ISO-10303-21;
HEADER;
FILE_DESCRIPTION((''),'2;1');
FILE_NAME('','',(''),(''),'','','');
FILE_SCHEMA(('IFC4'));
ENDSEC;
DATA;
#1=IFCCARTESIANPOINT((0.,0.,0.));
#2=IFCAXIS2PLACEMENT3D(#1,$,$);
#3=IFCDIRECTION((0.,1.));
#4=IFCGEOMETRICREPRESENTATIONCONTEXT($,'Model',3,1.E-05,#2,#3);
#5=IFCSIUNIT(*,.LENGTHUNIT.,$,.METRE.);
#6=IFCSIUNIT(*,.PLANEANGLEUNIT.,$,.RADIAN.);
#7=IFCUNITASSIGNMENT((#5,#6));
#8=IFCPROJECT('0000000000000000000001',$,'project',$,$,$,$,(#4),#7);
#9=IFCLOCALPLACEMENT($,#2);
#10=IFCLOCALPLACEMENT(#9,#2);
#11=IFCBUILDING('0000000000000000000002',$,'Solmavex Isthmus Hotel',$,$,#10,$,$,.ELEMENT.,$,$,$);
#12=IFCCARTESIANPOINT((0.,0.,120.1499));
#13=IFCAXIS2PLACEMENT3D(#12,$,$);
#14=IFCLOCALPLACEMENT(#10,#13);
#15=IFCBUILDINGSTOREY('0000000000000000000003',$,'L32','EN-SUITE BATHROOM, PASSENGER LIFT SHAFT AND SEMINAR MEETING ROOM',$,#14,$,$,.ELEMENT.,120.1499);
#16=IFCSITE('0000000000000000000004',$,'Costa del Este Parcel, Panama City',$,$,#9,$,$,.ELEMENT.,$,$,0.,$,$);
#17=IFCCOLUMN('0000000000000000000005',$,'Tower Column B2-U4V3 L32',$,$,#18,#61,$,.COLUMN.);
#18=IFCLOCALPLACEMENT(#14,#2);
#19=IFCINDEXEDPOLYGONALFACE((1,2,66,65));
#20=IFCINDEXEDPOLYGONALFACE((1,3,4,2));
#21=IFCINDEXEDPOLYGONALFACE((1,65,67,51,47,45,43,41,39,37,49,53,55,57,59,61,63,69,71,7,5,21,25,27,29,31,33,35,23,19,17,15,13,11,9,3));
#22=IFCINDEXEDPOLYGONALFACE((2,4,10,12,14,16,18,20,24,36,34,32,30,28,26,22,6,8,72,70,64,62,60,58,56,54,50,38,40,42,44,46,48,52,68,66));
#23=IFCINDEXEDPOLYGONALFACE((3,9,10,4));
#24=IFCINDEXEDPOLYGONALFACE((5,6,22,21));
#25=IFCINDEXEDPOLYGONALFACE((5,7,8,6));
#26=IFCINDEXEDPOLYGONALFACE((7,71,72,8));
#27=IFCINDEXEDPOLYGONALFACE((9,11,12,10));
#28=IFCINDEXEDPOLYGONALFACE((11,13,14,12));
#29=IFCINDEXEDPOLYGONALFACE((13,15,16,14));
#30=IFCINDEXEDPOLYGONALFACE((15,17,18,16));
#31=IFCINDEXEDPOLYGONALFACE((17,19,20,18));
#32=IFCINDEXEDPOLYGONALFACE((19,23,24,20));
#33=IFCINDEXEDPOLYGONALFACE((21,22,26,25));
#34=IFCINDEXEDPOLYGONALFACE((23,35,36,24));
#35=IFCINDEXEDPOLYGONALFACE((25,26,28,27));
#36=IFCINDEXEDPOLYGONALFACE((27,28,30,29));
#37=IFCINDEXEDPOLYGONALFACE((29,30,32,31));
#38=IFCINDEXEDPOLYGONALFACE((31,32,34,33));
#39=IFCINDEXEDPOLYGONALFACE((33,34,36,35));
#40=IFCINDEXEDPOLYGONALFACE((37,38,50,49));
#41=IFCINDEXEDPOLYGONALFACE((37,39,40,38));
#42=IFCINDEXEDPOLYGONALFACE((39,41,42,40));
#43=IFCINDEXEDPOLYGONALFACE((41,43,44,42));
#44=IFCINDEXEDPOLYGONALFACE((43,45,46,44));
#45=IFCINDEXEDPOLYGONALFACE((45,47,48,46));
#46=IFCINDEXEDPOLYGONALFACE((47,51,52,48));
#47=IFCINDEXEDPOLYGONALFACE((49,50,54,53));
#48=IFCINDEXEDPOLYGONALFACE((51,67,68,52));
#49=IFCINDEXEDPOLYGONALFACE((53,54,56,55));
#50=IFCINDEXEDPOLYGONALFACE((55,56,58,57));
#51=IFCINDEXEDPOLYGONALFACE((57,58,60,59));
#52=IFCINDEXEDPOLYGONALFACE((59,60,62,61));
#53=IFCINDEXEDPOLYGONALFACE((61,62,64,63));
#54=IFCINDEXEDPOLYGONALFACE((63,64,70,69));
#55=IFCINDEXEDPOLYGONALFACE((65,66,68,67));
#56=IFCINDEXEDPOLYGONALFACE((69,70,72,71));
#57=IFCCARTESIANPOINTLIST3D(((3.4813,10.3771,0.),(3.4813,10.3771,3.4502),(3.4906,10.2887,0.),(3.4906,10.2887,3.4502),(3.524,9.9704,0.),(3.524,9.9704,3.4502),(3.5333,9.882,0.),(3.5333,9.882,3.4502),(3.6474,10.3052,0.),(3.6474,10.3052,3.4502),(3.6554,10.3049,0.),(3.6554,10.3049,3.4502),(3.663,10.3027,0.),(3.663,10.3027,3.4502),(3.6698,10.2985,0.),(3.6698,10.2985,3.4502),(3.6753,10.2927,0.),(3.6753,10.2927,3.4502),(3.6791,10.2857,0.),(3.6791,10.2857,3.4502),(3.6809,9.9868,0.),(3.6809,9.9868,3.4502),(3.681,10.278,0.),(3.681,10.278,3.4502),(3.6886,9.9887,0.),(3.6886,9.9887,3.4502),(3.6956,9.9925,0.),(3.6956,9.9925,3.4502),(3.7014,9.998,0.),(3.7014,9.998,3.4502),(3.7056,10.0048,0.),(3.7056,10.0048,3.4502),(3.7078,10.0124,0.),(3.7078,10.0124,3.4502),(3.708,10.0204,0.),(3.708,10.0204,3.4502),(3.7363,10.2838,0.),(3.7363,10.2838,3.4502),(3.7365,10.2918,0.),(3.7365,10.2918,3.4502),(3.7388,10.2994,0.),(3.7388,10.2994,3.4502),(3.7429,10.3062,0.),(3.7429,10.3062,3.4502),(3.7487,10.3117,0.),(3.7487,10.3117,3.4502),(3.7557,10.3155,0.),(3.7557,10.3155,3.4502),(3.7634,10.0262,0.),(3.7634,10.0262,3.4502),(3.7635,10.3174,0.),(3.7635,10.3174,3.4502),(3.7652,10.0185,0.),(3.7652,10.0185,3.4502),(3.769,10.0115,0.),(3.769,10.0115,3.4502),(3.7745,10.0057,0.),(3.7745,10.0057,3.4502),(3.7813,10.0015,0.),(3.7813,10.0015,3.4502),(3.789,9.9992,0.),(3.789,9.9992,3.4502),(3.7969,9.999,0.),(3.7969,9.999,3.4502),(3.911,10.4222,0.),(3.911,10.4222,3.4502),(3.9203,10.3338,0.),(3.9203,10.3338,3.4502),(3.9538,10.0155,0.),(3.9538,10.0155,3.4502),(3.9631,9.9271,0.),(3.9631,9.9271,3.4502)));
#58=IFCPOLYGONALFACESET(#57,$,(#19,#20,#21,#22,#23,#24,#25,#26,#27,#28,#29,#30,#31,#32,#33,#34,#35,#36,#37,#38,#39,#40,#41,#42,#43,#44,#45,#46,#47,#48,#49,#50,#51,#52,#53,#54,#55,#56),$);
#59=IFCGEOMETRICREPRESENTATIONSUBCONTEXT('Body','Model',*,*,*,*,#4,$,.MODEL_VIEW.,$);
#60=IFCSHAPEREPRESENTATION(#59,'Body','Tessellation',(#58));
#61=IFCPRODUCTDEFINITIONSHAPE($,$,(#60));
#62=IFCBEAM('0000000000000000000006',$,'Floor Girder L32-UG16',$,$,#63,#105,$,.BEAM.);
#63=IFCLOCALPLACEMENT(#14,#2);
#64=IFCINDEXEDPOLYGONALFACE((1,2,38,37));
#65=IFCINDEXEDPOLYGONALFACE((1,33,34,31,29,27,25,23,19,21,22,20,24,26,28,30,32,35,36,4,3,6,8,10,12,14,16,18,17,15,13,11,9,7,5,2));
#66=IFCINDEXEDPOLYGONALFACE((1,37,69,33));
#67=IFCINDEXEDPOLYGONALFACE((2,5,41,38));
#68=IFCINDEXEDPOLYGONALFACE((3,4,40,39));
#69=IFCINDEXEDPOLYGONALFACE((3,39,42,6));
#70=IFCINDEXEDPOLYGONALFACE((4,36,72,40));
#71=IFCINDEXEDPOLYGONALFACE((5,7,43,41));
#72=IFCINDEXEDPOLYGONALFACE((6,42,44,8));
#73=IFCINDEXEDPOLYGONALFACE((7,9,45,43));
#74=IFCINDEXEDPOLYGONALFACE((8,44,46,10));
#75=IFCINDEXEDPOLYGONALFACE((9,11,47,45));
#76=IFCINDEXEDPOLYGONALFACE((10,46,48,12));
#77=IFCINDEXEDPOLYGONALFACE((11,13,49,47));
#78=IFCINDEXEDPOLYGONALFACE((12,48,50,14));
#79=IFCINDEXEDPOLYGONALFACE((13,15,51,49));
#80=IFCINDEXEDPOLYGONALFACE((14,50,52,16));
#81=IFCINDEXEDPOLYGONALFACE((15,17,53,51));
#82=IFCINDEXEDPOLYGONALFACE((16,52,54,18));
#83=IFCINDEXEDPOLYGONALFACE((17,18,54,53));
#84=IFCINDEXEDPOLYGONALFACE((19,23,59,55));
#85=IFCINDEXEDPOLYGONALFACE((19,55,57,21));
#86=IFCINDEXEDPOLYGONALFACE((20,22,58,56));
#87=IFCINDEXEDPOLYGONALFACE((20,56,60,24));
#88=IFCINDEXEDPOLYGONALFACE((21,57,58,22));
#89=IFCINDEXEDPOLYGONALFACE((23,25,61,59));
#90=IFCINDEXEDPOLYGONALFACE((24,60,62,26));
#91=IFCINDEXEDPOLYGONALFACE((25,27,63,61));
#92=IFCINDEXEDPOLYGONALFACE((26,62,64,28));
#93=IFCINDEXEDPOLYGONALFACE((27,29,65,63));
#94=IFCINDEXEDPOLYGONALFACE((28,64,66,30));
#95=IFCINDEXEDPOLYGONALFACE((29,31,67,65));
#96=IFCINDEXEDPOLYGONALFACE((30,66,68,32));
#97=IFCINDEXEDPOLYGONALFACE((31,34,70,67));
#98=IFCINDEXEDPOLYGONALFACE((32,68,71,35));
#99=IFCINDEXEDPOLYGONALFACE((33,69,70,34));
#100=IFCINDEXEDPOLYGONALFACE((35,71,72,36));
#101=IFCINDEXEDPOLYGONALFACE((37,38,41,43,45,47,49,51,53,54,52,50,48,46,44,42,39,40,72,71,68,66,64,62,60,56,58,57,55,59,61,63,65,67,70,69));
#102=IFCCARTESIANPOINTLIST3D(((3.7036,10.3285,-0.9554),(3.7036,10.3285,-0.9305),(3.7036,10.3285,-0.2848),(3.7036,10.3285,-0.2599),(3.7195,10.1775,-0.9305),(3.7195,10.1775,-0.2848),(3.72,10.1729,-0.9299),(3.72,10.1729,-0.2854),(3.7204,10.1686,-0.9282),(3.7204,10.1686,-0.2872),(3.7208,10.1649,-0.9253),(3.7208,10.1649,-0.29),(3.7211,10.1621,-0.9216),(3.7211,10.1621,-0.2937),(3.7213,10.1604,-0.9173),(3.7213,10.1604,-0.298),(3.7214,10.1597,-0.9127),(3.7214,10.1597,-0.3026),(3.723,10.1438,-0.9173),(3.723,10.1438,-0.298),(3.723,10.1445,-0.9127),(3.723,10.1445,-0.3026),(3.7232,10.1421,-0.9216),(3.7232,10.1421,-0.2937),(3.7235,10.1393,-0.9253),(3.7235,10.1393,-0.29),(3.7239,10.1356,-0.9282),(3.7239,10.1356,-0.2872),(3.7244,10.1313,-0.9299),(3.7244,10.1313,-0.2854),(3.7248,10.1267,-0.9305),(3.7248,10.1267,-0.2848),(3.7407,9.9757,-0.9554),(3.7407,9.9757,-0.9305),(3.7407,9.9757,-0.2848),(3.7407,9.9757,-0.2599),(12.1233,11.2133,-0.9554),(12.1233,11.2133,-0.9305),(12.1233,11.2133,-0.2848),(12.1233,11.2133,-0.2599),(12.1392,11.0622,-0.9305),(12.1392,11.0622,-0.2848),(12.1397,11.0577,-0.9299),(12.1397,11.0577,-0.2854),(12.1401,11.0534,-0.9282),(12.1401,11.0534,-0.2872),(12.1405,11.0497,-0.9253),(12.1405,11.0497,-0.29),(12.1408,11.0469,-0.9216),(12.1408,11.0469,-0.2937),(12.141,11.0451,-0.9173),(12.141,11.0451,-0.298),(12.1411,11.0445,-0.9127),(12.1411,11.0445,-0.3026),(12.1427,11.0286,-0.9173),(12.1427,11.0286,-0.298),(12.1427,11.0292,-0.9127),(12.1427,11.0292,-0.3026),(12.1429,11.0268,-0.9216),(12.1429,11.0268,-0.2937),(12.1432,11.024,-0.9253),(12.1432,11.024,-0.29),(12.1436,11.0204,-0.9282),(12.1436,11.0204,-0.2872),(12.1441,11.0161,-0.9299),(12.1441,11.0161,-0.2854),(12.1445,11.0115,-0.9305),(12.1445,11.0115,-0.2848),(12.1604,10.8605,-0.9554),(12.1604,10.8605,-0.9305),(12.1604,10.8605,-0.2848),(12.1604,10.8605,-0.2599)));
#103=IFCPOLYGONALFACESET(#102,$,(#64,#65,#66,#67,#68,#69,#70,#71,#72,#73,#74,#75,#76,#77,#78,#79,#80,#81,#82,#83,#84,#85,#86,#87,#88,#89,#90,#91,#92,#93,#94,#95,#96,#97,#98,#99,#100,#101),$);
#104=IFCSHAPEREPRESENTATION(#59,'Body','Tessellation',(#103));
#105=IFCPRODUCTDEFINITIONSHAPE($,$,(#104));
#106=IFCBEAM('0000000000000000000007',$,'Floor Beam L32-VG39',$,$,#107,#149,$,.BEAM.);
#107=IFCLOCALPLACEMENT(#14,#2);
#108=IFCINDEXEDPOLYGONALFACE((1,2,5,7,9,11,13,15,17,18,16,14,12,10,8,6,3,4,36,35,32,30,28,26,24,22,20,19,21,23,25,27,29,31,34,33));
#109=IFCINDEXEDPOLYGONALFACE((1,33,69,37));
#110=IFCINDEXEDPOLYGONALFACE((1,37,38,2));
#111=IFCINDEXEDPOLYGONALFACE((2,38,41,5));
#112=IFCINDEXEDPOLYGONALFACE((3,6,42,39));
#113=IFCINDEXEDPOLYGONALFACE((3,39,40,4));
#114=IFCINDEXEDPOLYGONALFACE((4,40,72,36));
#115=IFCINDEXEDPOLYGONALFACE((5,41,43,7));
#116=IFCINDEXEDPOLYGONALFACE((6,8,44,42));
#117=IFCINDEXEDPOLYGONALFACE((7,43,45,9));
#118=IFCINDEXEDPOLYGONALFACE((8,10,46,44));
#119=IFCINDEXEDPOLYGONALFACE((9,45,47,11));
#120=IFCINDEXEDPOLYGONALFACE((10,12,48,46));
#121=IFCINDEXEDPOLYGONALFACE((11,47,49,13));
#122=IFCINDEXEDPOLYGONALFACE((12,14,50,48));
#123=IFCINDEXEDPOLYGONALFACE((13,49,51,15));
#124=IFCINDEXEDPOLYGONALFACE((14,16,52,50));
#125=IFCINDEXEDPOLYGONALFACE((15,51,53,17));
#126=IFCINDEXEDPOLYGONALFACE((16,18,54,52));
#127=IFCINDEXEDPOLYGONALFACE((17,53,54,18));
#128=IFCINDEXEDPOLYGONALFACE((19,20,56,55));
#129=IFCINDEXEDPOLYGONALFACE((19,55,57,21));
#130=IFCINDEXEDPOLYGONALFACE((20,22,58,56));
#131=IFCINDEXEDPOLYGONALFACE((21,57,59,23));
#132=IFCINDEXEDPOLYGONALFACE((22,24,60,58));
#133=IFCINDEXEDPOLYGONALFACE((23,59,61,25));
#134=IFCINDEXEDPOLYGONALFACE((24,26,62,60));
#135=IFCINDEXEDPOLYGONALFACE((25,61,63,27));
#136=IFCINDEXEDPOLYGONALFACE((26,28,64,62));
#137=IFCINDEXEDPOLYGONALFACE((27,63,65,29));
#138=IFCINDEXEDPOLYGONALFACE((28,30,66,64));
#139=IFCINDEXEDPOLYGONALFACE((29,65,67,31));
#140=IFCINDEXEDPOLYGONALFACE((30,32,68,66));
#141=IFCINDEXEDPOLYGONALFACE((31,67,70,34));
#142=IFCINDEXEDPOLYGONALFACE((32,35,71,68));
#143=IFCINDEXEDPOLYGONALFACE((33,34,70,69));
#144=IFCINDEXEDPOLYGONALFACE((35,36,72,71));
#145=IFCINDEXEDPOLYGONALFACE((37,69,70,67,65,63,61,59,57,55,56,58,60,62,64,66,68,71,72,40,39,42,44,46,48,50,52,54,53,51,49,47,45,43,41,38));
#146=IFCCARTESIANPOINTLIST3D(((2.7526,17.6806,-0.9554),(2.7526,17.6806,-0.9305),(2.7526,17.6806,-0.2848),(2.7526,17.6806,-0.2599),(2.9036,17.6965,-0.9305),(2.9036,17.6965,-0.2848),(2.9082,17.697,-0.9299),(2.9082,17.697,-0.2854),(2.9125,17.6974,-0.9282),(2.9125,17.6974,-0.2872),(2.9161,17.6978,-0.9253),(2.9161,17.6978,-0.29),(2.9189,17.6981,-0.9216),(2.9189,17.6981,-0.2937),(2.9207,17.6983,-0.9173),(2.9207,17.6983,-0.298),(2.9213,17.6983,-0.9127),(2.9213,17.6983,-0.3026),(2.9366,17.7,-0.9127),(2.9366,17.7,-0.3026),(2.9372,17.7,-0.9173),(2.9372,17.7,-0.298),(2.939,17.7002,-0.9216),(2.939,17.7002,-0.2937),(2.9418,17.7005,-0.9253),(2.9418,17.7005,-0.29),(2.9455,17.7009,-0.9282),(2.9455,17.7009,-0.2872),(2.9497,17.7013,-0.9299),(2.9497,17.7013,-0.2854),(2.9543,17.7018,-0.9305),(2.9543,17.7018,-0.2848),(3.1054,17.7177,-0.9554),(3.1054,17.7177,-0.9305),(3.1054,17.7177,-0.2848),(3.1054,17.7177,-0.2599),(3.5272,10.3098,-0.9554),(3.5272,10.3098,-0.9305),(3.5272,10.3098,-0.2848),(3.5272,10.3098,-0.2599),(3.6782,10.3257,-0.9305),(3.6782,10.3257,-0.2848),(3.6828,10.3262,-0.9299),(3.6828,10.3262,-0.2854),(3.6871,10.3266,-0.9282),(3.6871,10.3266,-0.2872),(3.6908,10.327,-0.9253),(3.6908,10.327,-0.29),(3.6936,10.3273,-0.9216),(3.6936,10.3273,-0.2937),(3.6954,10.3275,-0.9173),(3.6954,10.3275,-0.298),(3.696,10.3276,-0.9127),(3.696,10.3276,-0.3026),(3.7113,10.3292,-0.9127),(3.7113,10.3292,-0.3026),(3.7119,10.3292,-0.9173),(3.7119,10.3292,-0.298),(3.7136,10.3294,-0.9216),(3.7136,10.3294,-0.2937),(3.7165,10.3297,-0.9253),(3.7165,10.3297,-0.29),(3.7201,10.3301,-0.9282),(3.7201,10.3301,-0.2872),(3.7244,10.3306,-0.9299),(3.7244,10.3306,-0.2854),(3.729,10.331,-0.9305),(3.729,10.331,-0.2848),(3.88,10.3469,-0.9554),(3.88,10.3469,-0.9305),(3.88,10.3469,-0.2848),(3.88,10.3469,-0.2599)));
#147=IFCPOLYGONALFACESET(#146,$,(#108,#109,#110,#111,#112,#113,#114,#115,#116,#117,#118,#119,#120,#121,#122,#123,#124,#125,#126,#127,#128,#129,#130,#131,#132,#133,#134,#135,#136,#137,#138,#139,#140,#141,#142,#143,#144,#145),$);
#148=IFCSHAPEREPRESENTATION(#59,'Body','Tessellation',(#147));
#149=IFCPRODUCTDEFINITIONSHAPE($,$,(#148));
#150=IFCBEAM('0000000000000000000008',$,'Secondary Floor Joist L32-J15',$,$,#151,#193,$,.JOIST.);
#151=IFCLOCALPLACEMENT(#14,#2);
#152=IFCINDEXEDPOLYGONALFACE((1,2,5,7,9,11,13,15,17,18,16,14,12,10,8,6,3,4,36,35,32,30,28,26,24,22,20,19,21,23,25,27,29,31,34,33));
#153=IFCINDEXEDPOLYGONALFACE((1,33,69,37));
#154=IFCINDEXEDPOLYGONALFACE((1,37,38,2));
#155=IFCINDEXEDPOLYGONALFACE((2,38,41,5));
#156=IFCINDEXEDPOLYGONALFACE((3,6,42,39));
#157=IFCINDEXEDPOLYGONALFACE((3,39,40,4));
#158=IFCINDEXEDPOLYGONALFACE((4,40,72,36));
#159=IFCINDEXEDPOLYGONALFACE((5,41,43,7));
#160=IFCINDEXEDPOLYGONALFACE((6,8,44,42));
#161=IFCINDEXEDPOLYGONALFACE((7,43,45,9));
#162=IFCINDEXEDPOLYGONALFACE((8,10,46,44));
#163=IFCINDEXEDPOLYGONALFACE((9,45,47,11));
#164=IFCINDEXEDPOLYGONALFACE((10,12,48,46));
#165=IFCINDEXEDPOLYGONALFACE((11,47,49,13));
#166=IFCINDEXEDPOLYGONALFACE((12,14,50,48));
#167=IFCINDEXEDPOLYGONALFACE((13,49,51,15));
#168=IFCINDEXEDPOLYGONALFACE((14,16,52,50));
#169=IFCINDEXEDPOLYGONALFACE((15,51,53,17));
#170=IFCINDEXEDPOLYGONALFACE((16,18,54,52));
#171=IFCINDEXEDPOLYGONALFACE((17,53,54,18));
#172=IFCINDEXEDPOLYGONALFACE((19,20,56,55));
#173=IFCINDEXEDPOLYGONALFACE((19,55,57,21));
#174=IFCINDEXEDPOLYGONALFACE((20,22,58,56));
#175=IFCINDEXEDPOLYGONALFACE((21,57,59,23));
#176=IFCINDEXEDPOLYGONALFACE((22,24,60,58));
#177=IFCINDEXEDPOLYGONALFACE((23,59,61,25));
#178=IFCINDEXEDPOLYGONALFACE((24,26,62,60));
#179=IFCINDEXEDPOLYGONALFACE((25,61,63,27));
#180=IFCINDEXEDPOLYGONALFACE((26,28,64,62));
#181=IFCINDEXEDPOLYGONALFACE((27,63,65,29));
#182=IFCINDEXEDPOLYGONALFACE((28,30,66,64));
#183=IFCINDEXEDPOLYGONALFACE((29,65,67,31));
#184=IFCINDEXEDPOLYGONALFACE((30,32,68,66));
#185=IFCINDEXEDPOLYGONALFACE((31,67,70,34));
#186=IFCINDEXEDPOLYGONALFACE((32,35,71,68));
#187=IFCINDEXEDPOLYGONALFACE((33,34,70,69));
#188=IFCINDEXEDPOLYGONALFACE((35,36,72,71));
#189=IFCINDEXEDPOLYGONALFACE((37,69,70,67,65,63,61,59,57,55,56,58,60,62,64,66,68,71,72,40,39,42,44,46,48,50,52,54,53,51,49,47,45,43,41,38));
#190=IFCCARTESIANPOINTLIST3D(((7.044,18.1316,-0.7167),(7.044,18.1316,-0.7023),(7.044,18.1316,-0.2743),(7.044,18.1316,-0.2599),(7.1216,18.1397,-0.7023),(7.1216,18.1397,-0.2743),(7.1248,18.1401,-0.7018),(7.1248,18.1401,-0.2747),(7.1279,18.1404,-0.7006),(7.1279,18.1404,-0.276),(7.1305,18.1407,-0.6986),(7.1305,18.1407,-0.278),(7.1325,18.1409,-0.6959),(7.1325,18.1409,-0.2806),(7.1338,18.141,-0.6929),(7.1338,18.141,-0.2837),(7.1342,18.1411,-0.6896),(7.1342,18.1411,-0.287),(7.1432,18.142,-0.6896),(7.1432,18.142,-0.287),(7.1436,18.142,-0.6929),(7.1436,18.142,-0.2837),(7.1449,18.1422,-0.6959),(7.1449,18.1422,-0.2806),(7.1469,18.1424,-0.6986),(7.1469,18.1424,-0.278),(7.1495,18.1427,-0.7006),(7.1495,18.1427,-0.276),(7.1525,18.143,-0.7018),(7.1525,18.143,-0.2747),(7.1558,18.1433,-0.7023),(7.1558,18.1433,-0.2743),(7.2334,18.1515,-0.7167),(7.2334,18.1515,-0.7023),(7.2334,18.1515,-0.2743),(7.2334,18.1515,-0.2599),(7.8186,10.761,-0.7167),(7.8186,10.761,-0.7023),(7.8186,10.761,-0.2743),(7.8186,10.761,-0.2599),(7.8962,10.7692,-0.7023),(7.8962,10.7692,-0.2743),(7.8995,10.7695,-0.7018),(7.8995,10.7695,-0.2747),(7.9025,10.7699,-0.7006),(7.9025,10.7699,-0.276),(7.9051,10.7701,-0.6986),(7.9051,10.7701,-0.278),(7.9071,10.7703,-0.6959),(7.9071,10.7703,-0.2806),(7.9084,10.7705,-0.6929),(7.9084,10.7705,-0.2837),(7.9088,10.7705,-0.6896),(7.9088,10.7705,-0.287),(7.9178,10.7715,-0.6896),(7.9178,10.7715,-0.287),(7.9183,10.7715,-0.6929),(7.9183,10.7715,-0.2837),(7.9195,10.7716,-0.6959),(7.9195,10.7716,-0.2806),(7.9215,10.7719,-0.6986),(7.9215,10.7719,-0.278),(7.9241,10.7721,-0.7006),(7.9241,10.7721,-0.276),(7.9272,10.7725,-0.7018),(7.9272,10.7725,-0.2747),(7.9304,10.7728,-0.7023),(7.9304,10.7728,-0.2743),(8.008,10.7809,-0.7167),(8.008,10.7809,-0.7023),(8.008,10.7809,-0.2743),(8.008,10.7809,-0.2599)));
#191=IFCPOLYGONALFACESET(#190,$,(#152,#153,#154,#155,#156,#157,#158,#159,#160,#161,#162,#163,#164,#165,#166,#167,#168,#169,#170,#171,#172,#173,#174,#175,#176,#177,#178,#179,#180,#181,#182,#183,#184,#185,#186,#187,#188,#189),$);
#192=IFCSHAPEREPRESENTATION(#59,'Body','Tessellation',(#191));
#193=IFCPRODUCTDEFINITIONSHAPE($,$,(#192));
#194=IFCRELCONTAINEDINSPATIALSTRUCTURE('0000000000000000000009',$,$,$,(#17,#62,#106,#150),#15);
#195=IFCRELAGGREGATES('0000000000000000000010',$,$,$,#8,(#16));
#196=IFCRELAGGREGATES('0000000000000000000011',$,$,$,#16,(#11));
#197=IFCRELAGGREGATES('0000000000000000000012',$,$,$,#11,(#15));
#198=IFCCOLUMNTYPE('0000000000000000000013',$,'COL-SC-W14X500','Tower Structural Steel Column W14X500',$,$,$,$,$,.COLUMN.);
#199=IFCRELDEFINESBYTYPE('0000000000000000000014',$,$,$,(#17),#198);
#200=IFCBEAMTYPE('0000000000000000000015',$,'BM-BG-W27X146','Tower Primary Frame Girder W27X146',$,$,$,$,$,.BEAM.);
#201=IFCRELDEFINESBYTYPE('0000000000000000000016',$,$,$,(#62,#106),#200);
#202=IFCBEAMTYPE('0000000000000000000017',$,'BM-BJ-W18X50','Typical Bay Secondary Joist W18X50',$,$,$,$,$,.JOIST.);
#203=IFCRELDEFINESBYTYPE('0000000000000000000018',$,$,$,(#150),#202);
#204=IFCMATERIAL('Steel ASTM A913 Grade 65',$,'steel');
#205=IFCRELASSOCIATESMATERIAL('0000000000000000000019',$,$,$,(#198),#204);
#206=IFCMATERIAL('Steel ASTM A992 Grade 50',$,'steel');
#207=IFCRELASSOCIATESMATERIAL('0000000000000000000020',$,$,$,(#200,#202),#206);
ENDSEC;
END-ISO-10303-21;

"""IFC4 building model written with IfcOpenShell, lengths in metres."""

from ifc_helpers import new_model, si_unit, direction, frame, origin, origin_2d, place, context, subcontext, project, spatial, i_section, extrude, material, material_profile, profile_set, type_object, element, save


model = new_model("IFC4")

# Units and contexts
model_context = context("Model", 3, precision=1e-05, world=origin(), true_north=direction((0.0, 1.0)))
body_context = subcontext(model_context, "Body", "Model", "MODEL_VIEW")
ifc_project = project(units=[si_unit("LENGTHUNIT", "METRE"), si_unit("PLANEANGLEUNIT", "RADIAN")], contexts=[model_context])

# Site, building, storey
site_placement = place(None, origin())
site = spatial("IfcSite", under=ifc_project, at=site_placement, Name="Costa del Este Parcel, Panama City", CompositionType="ELEMENT", RefElevation=0.0)
building_placement = place(site_placement, origin())
building = spatial("IfcBuilding", under=site, at=building_placement, Name="Solmavex Isthmus Hotel", CompositionType="ELEMENT")
storey_placement = place(building_placement, frame((0.0, 0.0, 120.1499)))
storey = spatial("IfcBuildingStorey", under=building, at=storey_placement, Name="L32", Description="EN-SUITE BATHROOM, PASSENGER LIFT SHAFT AND SEMINAR MEETING ROOM", CompositionType="ELEMENT", Elevation=120.1499)

# Column
ifc_material_1 = material(Name="Steel ASTM A913 Grade 65", Category="steel")
ifc_material_profile_1 = material_profile(ifc_material_1, i_section(OverallWidth=0.4321, OverallDepth=0.4978, WebThickness=0.0557, FlangeThickness=0.0889, FilletRadius=0.0305, at=origin_2d()), Name="W14X500")
ifc_profile_set_1 = profile_set([ifc_material_profile_1], Name="Steel ASTM A913 Grade 65")
column_type = type_object("IfcColumnType", Name="COL-SC-W14X500", Description="Tower Structural Steel Column W14X500", PredefinedType="COLUMN", material=ifc_profile_set_1)
column_placement = place(storey_placement, frame((3.7222, 10.1521, 0.0), z_axis=(0.0, 0.0, 1.0), x_axis=(0.994522, 0.104528, 0.0)))
element("IfcColumn", 1, at=column_placement, inside=storey, type_object=column_type, Name="Tower Column B2-U4V3 L32", PredefinedType="COLUMN", context=body_context, shape_type="SweptSolid", body=[
    extrude(i_section(OverallWidth=0.4321, OverallDepth=0.4978, WebThickness=0.0557, FlangeThickness=0.0889, FilletRadius=0.0305, at=origin_2d()), origin(), (0.0, 0.0, 1.0), 3.4502),
])

# Beams
ifc_material_2 = material(Name="Steel ASTM A992 Grade 50", Category="steel")
ifc_material_profile_2 = material_profile(ifc_material_2, i_section(OverallWidth=0.3547, OverallDepth=0.6956, WebThickness=0.0154, FlangeThickness=0.0249, FilletRadius=0.0178, at=origin_2d()), Name="W27X146")
ifc_profile_set_2 = profile_set([ifc_material_profile_2], Name="Steel ASTM A992 Grade 50")
beam_type_1 = type_object("IfcBeamType", Name="BM-BG-W27X146", Description="Tower Primary Frame Girder W27X146", PredefinedType="BEAM", material=ifc_profile_set_2)
beam_1_placement = place(storey_placement, frame((3.7222, 10.1521, -0.6077), z_axis=(0.994524, 0.104508, 0.0), x_axis=(-0.104508, 0.994524, 0.0)))
element("IfcBeam", 2, at=beam_1_placement, inside=storey, type_object=beam_type_1, Name="Floor Girder L32-UG16", PredefinedType="BEAM", context=body_context, shape_type="SweptSolid", body=[
    extrude(i_section(OverallWidth=0.3547, OverallDepth=0.6956, WebThickness=0.0154, FlangeThickness=0.0249, FilletRadius=0.0178, at=origin_2d()), origin(), (0.0, 0.0, 1.0), 8.4661),
])
beam_2_placement = place(storey_placement, frame((3.7036, 10.3284, -0.6077), z_axis=(-0.104522, 0.994523, 0.0), x_axis=(-0.994523, -0.104522, 0.0)))
element("IfcBeam", 3, at=beam_2_placement, inside=storey, type_object=beam_type_1, Name="Floor Beam L32-VG39", PredefinedType="BEAM", context=body_context, shape_type="SweptSolid", body=[
    extrude(i_section(OverallWidth=0.3547, OverallDepth=0.6956, WebThickness=0.0154, FlangeThickness=0.0249, FilletRadius=0.0178, at=origin_2d()), origin(), (0.0, 0.0, 1.0), 7.4114),
])
ifc_material_profile_3 = material_profile(ifc_material_2, i_section(OverallWidth=0.1904, OverallDepth=0.4568, WebThickness=0.009, FlangeThickness=0.0144, FilletRadius=0.0127, at=origin_2d()), Name="W18X50")
ifc_profile_set_3 = profile_set([ifc_material_profile_3], Name="Steel ASTM A992 Grade 50")
beam_type_2 = type_object("IfcBeamType", Name="BM-BJ-W18X50", Description="Typical Bay Secondary Joist W18X50", PredefinedType="JOIST", material=ifc_profile_set_3)
beam_3_placement = place(storey_placement, frame((7.9133, 10.771, -0.4883), z_axis=(-0.104525, 0.994522, 0.0), x_axis=(-0.994522, -0.104525, 0.0)))
element("IfcBeam", 4, at=beam_3_placement, inside=storey, type_object=beam_type_2, Name="Secondary Floor Joist L32-J15", PredefinedType="JOIST", context=body_context, shape_type="SweptSolid", body=[
    extrude(i_section(OverallWidth=0.1904, OverallDepth=0.4568, WebThickness=0.009, FlangeThickness=0.0144, FilletRadius=0.0127, at=origin_2d()), origin(), (0.0, 0.0, 1.0), 7.4111),
])

save(model, "model.ifc")
